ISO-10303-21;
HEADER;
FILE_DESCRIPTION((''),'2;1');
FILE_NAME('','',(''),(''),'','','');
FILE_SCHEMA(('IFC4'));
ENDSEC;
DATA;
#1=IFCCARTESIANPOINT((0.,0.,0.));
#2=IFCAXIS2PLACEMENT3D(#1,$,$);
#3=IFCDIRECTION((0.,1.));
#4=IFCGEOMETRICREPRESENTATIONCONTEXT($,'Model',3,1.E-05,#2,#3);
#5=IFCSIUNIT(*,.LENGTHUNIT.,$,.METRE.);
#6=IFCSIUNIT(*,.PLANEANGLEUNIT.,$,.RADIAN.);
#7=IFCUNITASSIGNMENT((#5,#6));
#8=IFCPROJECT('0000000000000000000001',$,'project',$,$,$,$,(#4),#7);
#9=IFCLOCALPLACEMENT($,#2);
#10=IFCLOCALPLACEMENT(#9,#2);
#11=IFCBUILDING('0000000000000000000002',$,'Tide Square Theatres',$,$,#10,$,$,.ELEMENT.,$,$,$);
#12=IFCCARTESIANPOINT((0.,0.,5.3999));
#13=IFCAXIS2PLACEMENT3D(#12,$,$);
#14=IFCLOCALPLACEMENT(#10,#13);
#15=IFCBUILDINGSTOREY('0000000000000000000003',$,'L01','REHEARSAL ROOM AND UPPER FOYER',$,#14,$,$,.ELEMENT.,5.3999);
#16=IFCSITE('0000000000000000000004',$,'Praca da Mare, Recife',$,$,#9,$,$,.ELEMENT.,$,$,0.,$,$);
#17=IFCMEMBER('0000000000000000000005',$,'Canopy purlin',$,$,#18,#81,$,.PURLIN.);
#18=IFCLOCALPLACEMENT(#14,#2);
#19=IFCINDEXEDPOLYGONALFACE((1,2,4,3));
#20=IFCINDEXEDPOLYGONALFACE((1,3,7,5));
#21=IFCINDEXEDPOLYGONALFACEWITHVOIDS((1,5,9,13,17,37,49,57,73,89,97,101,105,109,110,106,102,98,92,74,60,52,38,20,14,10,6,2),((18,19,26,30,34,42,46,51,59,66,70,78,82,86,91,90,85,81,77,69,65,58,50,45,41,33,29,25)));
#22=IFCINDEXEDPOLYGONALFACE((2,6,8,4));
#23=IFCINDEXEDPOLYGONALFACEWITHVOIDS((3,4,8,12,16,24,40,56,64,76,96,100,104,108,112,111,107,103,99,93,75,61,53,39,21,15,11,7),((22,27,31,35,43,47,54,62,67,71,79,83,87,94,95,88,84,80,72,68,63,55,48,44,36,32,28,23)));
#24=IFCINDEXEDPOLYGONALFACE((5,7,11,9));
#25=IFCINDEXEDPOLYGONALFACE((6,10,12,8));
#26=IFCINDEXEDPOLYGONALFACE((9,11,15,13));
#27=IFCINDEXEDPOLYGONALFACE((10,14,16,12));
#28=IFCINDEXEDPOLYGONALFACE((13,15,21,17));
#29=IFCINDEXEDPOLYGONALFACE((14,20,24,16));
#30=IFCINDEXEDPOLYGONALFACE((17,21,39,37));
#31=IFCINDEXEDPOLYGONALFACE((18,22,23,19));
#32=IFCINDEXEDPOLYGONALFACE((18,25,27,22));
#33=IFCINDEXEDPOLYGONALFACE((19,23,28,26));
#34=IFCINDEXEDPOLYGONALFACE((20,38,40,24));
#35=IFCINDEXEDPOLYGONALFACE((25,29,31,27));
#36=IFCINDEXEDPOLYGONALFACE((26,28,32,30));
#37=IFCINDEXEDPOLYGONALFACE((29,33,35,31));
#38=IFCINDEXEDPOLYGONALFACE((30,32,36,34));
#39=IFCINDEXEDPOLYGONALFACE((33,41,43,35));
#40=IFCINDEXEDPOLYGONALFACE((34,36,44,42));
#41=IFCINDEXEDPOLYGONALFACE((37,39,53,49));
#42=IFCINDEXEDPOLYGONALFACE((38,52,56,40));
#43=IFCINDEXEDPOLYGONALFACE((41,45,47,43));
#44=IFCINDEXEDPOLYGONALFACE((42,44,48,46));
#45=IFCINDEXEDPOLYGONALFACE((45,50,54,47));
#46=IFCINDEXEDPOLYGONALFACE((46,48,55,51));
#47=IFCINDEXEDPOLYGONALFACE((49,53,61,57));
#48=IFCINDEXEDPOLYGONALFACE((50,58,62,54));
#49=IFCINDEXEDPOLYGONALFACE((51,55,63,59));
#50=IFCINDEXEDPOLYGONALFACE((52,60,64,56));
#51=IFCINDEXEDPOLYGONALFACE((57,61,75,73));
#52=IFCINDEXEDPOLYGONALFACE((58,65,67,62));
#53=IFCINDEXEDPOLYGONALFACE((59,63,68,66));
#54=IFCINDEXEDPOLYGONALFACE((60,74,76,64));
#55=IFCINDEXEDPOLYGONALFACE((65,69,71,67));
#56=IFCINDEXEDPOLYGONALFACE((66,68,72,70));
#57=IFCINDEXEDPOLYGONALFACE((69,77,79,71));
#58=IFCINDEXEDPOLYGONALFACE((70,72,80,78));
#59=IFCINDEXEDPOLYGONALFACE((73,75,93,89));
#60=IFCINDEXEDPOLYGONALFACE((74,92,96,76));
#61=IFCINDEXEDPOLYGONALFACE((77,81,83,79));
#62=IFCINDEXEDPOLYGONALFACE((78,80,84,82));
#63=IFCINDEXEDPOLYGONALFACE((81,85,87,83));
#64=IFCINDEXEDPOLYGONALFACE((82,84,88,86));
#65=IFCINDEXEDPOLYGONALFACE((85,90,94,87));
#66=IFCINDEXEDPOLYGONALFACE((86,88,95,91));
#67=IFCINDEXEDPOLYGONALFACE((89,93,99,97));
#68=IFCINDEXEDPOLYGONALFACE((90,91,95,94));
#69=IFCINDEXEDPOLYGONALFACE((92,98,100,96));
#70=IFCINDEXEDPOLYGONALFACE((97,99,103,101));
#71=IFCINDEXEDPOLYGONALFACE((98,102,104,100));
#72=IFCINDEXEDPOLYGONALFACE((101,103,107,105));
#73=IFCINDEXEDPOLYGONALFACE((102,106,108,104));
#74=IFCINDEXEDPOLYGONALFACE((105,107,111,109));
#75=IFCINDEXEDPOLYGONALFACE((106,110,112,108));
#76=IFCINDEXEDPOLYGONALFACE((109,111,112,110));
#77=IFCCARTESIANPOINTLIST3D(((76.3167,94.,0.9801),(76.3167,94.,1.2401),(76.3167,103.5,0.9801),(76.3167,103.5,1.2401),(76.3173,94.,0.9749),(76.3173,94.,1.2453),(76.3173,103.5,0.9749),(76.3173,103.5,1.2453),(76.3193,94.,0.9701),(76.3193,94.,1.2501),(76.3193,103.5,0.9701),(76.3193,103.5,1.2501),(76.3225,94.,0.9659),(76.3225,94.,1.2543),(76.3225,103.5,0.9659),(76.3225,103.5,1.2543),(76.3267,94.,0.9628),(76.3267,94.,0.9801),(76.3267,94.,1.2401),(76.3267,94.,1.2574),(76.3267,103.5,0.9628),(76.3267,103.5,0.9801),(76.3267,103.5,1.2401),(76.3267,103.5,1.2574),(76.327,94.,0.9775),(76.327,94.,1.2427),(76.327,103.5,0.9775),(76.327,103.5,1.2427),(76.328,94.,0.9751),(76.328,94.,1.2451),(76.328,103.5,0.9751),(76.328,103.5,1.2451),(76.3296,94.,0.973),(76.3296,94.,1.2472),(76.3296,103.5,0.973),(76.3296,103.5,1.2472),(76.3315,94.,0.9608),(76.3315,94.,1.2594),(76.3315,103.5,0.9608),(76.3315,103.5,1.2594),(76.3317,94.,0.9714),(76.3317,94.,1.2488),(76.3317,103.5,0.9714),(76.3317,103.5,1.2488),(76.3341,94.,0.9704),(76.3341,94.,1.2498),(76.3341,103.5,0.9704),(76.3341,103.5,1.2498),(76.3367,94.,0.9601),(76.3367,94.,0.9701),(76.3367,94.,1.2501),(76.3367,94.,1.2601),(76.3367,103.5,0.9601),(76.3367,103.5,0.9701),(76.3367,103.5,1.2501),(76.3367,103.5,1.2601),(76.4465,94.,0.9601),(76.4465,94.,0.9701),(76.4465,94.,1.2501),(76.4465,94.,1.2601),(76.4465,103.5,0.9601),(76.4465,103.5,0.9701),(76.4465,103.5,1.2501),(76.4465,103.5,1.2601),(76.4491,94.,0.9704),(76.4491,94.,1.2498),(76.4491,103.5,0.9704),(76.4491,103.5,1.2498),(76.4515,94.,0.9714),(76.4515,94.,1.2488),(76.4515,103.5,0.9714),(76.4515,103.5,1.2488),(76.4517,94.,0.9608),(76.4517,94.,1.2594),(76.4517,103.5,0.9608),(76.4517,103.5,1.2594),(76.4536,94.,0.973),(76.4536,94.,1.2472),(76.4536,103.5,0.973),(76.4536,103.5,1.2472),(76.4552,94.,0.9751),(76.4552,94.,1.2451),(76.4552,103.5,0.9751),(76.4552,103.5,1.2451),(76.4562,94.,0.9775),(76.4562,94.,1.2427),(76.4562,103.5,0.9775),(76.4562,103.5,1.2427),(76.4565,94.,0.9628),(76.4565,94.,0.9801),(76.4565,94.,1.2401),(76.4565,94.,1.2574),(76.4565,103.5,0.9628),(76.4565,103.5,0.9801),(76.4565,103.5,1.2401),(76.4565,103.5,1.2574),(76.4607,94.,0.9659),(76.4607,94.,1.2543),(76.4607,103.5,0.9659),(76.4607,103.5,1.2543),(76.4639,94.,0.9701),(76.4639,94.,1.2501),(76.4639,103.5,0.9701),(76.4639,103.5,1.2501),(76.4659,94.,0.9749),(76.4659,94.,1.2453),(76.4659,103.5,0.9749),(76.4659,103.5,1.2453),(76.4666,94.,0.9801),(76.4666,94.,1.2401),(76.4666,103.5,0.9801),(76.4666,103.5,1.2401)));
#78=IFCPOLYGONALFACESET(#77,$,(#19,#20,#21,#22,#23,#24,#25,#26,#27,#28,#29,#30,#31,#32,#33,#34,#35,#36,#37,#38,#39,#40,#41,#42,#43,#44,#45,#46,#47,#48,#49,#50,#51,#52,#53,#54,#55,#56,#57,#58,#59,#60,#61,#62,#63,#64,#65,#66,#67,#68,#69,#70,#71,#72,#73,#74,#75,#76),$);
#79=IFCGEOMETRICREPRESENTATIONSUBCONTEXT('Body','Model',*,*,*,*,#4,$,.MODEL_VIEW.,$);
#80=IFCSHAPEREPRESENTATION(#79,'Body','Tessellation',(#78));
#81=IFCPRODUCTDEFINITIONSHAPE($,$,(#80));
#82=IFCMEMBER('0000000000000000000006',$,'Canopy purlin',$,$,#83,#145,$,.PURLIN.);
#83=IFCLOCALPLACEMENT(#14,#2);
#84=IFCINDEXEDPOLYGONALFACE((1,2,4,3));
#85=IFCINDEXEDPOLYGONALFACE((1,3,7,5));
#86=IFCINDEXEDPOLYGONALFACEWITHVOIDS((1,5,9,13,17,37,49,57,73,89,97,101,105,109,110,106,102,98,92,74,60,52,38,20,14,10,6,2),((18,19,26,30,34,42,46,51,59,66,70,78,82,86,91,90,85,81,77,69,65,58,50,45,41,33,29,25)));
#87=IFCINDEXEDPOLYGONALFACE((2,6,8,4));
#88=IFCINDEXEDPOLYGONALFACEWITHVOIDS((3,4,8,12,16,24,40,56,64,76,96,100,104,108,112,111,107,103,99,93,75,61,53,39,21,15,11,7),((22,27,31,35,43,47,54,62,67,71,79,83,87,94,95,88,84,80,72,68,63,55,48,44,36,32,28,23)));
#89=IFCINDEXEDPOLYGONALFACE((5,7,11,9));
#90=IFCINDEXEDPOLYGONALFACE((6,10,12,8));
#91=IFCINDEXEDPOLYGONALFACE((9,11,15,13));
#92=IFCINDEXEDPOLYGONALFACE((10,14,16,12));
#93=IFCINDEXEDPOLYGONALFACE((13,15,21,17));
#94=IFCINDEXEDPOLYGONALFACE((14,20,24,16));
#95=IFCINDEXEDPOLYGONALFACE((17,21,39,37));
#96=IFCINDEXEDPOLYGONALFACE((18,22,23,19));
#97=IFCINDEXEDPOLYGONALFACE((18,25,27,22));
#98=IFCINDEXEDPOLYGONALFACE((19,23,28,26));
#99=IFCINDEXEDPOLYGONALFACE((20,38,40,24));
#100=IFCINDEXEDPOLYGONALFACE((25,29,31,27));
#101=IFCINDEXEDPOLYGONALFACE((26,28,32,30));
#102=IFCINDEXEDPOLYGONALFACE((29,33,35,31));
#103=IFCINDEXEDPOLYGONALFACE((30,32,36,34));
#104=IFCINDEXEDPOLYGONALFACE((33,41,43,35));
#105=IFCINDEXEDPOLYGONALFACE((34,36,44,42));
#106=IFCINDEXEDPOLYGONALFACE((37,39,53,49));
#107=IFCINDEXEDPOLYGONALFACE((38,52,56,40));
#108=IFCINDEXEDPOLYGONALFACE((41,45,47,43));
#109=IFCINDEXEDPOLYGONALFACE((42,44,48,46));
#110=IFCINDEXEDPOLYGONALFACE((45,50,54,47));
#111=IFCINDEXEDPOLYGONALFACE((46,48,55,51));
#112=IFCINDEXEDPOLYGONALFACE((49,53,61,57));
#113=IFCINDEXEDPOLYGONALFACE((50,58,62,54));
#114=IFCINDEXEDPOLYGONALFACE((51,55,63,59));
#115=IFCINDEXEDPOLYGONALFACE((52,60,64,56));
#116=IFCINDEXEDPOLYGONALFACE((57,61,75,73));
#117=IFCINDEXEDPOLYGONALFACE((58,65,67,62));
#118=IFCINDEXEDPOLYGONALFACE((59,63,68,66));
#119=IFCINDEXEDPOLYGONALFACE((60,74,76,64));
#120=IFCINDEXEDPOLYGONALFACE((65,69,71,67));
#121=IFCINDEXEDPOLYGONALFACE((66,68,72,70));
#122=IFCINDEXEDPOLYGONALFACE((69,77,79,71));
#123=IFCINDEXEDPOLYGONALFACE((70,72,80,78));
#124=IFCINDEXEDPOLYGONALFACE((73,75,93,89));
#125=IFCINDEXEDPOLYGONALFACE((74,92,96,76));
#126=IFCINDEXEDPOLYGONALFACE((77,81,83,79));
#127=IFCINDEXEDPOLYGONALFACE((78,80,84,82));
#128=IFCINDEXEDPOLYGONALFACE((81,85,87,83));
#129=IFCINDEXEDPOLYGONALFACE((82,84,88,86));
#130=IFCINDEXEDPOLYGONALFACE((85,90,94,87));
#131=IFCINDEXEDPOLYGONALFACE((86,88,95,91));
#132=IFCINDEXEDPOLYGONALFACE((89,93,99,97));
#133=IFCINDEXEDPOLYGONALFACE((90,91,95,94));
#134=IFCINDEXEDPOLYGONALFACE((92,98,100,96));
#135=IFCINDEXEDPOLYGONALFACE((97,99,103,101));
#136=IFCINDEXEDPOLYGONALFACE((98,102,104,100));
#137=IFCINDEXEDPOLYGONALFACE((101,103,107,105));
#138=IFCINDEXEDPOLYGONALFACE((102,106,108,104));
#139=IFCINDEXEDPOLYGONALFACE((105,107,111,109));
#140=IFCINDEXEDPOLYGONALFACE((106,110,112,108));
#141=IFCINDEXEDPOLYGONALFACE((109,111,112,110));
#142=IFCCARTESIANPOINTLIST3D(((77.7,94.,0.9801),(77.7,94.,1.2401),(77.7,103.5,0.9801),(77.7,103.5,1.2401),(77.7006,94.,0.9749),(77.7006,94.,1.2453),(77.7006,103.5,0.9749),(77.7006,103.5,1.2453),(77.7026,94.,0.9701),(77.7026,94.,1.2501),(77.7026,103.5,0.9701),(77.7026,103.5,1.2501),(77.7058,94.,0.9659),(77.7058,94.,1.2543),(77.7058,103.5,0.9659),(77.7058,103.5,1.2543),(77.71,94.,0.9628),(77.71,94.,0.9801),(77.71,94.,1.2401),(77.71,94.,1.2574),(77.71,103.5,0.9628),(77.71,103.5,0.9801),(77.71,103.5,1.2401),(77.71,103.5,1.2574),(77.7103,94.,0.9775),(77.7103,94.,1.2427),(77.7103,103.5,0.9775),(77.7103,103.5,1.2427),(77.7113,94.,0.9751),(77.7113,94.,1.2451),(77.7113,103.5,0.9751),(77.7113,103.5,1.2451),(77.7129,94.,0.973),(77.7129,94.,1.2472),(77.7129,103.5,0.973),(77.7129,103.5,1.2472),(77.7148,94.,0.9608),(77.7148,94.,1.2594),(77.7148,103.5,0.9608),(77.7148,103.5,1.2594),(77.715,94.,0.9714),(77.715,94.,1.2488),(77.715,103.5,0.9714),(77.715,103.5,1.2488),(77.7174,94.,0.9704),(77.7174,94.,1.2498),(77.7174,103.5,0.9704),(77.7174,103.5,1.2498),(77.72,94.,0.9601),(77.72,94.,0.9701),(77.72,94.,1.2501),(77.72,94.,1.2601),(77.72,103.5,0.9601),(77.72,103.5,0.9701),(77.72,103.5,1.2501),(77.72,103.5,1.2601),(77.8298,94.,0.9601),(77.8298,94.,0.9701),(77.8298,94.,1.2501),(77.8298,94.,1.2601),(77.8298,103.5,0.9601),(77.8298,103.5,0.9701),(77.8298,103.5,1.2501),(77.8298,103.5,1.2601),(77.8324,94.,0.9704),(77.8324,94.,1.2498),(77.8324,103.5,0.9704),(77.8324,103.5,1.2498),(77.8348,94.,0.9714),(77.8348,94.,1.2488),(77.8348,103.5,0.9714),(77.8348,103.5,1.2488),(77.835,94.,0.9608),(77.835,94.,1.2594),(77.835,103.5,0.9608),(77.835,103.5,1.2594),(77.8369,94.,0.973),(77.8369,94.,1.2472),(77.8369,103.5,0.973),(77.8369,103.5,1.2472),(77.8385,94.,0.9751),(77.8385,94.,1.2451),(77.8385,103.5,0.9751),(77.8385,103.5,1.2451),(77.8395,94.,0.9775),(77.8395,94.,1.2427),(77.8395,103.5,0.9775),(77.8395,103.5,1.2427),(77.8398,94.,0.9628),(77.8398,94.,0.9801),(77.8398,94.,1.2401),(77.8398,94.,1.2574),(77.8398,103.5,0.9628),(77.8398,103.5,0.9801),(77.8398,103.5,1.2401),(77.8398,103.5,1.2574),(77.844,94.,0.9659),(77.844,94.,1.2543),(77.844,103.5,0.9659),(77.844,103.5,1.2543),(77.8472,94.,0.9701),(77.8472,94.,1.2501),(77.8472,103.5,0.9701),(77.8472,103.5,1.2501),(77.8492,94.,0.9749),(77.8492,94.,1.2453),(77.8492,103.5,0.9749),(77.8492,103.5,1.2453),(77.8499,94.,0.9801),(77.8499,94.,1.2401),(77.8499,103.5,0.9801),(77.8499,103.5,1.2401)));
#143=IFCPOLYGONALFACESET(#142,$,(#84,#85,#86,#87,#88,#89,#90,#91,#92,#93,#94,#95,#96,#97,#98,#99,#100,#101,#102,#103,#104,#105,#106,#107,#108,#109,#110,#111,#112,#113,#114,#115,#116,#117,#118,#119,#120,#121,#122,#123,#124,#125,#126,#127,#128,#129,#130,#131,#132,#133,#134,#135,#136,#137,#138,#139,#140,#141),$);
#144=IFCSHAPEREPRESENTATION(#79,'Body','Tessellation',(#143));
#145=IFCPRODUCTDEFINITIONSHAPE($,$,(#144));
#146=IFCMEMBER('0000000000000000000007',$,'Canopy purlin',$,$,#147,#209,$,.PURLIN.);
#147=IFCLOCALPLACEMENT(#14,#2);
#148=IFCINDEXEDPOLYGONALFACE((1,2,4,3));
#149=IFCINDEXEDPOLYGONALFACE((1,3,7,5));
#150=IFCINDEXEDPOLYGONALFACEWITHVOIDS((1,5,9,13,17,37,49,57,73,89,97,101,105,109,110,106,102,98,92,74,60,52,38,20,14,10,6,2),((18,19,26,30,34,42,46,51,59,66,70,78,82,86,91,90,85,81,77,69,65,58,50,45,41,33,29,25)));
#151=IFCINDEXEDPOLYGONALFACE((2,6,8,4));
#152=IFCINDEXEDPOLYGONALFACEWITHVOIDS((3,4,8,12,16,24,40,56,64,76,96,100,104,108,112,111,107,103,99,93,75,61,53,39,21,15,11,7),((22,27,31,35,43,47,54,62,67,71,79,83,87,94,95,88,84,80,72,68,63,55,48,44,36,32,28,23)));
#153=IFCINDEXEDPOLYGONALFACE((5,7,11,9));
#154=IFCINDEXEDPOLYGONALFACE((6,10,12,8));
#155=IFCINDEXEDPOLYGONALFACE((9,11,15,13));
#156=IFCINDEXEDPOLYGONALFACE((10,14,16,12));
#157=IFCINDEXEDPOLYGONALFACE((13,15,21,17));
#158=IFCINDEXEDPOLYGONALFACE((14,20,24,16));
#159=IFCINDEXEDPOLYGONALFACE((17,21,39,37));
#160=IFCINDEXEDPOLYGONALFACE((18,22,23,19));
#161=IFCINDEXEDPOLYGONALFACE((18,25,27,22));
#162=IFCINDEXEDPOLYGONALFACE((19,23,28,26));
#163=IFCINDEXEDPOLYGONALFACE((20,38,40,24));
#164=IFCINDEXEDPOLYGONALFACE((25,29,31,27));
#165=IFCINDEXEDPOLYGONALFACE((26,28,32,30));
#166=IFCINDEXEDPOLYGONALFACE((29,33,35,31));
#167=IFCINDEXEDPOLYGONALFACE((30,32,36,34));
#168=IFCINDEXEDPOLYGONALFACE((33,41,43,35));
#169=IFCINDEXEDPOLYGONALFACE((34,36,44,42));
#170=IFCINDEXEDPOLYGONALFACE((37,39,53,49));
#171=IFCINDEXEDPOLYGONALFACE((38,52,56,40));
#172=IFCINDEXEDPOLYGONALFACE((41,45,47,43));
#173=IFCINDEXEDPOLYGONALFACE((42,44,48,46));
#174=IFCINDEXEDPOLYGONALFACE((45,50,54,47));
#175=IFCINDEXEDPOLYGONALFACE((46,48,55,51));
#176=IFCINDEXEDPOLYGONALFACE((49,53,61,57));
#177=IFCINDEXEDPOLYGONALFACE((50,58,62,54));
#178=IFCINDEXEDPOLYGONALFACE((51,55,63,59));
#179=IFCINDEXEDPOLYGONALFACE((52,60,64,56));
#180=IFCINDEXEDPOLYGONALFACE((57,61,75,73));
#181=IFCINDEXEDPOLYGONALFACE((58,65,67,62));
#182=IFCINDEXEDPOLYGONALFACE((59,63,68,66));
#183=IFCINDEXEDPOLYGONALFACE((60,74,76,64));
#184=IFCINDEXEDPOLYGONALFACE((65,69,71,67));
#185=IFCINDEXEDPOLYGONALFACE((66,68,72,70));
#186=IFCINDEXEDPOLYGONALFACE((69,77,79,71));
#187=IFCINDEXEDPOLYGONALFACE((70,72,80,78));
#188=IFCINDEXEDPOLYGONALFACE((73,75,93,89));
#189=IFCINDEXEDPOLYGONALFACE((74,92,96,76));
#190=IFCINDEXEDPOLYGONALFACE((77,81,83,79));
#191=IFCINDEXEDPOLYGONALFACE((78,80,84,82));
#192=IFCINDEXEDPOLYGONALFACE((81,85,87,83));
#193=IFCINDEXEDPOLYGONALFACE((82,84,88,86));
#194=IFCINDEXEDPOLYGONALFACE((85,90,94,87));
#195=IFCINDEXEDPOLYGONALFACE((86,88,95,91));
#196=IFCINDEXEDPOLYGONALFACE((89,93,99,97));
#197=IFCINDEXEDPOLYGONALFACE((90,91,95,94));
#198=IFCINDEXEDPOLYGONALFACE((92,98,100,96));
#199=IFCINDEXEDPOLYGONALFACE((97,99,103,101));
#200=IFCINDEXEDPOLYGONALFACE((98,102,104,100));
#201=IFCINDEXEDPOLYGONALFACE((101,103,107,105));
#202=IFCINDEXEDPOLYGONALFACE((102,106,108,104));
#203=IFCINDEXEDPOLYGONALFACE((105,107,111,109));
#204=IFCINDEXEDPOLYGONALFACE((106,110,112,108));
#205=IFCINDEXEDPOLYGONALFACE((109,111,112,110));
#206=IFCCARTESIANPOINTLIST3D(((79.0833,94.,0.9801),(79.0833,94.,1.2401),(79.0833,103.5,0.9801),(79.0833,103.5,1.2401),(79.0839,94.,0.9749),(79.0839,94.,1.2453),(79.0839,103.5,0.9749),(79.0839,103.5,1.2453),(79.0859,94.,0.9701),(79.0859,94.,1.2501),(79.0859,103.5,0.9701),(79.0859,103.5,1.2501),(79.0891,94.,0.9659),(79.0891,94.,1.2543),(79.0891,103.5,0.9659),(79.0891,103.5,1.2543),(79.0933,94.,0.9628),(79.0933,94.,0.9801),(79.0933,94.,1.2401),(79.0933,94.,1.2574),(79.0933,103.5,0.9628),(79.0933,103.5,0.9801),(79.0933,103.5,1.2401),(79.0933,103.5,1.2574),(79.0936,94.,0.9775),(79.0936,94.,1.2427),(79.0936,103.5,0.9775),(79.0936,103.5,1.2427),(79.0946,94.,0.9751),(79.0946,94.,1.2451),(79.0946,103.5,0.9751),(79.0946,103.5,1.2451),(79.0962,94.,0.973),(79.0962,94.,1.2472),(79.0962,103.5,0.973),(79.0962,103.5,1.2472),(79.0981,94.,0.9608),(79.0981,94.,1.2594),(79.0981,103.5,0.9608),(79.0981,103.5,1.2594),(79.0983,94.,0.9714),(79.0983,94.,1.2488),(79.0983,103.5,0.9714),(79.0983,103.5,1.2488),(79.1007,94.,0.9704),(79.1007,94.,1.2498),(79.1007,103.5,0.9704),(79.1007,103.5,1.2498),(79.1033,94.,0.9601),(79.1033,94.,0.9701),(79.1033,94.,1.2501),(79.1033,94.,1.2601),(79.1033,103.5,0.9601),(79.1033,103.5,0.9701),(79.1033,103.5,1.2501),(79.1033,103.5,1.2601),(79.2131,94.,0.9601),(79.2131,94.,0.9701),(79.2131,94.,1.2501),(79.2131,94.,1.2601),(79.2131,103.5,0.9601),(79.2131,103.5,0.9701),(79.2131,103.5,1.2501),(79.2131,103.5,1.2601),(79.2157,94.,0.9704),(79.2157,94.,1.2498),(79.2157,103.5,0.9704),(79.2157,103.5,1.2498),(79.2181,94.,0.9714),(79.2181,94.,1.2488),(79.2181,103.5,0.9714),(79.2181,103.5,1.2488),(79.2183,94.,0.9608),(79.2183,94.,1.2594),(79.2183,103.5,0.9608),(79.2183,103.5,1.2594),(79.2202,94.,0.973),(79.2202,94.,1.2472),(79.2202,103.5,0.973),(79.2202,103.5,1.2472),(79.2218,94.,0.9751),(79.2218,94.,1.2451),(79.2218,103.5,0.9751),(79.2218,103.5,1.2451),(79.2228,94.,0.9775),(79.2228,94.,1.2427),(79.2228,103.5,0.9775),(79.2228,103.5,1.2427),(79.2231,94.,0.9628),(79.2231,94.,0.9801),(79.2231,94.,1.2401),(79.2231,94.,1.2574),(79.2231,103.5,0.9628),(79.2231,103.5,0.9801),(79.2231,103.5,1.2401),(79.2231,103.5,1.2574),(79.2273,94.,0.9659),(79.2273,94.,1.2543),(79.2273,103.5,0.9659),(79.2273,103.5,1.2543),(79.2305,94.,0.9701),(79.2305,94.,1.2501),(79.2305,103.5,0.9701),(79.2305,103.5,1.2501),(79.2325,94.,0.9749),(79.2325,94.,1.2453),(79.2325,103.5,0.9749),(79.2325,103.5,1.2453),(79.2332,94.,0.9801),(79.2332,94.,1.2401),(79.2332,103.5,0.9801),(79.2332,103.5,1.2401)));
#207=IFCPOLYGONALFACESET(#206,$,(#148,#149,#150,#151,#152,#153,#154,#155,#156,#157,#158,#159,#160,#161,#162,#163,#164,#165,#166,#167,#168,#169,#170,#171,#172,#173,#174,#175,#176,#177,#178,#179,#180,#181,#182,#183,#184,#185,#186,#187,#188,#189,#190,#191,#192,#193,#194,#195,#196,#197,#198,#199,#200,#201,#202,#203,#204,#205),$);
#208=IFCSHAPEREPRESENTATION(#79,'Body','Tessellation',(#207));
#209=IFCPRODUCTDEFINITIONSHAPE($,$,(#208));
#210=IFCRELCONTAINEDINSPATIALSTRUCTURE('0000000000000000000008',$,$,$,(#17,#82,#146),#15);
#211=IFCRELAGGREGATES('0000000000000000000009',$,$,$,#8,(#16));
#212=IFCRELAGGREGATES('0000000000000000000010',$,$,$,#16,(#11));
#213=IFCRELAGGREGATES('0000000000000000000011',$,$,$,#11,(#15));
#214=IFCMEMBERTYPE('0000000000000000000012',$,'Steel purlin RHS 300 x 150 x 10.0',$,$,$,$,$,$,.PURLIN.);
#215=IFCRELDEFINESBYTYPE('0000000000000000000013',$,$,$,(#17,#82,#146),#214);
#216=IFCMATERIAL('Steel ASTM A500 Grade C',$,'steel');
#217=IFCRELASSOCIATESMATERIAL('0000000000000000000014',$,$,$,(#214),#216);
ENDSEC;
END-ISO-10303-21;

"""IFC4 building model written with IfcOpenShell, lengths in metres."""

from ifc_helpers import new_model, si_unit, direction, frame, origin, origin_2d, place, context, subcontext, project, spatial, hollow_rectangle, extrude, material, material_profile, profile_set, type_object, element, save


model = new_model("IFC4")

# Units and contexts
model_context = context("Model", 3, precision=1e-05, world=origin(), true_north=direction((0.0, 1.0)))
body_context = subcontext(model_context, "Body", "Model", "MODEL_VIEW")
ifc_project = project(units=[si_unit("LENGTHUNIT", "METRE"), si_unit("PLANEANGLEUNIT", "RADIAN")], contexts=[model_context])

# Site, building, storey
site_placement = place(None, origin())
site = spatial("IfcSite", under=ifc_project, at=site_placement, Name="Praca da Mare, Recife", CompositionType="ELEMENT", RefElevation=0.0)
building_placement = place(site_placement, origin())
building = spatial("IfcBuilding", under=site, at=building_placement, Name="Tide Square Theatres", CompositionType="ELEMENT")
storey_placement = place(building_placement, frame((0.0, 0.0, 5.3999)))
storey = spatial("IfcBuildingStorey", under=building, at=storey_placement, Name="L01", Description="REHEARSAL ROOM AND UPPER FOYER", CompositionType="ELEMENT", Elevation=5.3999)

# Members
ifc_material_1 = material(Name="Steel ASTM A500 Grade C", Category="steel")
ifc_material_profile_1 = material_profile(ifc_material_1, hollow_rectangle(XDim=0.1499, YDim=0.3, WallThickness=0.01, InnerFilletRadius=0.01, OuterFilletRadius=0.02, at=origin_2d()))
ifc_profile_set_1 = profile_set([ifc_material_profile_1], Name="Steel ASTM A500 Grade C")
member_type = type_object("IfcMemberType", Name="Steel purlin RHS 300 x 150 x 10.0", PredefinedType="PURLIN", material=ifc_profile_set_1)
for number, where, z_axis, x_axis, name in (
    (1, (76.3916, 94.0, 1.1101), (0.0, 1.0, 0.0), (-1.0, 0.0, 0.0), "Canopy purlin"),
    (2, (77.7749, 94.0, 1.1101), (0.0, 1.0, 0.0), (-1.0, 0.0, 0.0), "Canopy purlin"),
    (3, (79.1582, 94.0, 1.1101), (0.0, 1.0, 0.0), (-1.0, 0.0, 0.0), "Canopy purlin"),
):
    element("IfcMember", number, at=place(storey_placement, frame(where, z_axis=z_axis, x_axis=x_axis)), inside=storey, type_object=member_type, Name=name, PredefinedType="PURLIN", context=body_context, shape_type="SweptSolid", body=[
        extrude(hollow_rectangle(XDim=0.1499, YDim=0.3, WallThickness=0.01, InnerFilletRadius=0.01, OuterFilletRadius=0.02, at=origin_2d()), origin(), (0.0, 0.0, 1.0), 9.5),
    ])

save(model, "model.ifc")
